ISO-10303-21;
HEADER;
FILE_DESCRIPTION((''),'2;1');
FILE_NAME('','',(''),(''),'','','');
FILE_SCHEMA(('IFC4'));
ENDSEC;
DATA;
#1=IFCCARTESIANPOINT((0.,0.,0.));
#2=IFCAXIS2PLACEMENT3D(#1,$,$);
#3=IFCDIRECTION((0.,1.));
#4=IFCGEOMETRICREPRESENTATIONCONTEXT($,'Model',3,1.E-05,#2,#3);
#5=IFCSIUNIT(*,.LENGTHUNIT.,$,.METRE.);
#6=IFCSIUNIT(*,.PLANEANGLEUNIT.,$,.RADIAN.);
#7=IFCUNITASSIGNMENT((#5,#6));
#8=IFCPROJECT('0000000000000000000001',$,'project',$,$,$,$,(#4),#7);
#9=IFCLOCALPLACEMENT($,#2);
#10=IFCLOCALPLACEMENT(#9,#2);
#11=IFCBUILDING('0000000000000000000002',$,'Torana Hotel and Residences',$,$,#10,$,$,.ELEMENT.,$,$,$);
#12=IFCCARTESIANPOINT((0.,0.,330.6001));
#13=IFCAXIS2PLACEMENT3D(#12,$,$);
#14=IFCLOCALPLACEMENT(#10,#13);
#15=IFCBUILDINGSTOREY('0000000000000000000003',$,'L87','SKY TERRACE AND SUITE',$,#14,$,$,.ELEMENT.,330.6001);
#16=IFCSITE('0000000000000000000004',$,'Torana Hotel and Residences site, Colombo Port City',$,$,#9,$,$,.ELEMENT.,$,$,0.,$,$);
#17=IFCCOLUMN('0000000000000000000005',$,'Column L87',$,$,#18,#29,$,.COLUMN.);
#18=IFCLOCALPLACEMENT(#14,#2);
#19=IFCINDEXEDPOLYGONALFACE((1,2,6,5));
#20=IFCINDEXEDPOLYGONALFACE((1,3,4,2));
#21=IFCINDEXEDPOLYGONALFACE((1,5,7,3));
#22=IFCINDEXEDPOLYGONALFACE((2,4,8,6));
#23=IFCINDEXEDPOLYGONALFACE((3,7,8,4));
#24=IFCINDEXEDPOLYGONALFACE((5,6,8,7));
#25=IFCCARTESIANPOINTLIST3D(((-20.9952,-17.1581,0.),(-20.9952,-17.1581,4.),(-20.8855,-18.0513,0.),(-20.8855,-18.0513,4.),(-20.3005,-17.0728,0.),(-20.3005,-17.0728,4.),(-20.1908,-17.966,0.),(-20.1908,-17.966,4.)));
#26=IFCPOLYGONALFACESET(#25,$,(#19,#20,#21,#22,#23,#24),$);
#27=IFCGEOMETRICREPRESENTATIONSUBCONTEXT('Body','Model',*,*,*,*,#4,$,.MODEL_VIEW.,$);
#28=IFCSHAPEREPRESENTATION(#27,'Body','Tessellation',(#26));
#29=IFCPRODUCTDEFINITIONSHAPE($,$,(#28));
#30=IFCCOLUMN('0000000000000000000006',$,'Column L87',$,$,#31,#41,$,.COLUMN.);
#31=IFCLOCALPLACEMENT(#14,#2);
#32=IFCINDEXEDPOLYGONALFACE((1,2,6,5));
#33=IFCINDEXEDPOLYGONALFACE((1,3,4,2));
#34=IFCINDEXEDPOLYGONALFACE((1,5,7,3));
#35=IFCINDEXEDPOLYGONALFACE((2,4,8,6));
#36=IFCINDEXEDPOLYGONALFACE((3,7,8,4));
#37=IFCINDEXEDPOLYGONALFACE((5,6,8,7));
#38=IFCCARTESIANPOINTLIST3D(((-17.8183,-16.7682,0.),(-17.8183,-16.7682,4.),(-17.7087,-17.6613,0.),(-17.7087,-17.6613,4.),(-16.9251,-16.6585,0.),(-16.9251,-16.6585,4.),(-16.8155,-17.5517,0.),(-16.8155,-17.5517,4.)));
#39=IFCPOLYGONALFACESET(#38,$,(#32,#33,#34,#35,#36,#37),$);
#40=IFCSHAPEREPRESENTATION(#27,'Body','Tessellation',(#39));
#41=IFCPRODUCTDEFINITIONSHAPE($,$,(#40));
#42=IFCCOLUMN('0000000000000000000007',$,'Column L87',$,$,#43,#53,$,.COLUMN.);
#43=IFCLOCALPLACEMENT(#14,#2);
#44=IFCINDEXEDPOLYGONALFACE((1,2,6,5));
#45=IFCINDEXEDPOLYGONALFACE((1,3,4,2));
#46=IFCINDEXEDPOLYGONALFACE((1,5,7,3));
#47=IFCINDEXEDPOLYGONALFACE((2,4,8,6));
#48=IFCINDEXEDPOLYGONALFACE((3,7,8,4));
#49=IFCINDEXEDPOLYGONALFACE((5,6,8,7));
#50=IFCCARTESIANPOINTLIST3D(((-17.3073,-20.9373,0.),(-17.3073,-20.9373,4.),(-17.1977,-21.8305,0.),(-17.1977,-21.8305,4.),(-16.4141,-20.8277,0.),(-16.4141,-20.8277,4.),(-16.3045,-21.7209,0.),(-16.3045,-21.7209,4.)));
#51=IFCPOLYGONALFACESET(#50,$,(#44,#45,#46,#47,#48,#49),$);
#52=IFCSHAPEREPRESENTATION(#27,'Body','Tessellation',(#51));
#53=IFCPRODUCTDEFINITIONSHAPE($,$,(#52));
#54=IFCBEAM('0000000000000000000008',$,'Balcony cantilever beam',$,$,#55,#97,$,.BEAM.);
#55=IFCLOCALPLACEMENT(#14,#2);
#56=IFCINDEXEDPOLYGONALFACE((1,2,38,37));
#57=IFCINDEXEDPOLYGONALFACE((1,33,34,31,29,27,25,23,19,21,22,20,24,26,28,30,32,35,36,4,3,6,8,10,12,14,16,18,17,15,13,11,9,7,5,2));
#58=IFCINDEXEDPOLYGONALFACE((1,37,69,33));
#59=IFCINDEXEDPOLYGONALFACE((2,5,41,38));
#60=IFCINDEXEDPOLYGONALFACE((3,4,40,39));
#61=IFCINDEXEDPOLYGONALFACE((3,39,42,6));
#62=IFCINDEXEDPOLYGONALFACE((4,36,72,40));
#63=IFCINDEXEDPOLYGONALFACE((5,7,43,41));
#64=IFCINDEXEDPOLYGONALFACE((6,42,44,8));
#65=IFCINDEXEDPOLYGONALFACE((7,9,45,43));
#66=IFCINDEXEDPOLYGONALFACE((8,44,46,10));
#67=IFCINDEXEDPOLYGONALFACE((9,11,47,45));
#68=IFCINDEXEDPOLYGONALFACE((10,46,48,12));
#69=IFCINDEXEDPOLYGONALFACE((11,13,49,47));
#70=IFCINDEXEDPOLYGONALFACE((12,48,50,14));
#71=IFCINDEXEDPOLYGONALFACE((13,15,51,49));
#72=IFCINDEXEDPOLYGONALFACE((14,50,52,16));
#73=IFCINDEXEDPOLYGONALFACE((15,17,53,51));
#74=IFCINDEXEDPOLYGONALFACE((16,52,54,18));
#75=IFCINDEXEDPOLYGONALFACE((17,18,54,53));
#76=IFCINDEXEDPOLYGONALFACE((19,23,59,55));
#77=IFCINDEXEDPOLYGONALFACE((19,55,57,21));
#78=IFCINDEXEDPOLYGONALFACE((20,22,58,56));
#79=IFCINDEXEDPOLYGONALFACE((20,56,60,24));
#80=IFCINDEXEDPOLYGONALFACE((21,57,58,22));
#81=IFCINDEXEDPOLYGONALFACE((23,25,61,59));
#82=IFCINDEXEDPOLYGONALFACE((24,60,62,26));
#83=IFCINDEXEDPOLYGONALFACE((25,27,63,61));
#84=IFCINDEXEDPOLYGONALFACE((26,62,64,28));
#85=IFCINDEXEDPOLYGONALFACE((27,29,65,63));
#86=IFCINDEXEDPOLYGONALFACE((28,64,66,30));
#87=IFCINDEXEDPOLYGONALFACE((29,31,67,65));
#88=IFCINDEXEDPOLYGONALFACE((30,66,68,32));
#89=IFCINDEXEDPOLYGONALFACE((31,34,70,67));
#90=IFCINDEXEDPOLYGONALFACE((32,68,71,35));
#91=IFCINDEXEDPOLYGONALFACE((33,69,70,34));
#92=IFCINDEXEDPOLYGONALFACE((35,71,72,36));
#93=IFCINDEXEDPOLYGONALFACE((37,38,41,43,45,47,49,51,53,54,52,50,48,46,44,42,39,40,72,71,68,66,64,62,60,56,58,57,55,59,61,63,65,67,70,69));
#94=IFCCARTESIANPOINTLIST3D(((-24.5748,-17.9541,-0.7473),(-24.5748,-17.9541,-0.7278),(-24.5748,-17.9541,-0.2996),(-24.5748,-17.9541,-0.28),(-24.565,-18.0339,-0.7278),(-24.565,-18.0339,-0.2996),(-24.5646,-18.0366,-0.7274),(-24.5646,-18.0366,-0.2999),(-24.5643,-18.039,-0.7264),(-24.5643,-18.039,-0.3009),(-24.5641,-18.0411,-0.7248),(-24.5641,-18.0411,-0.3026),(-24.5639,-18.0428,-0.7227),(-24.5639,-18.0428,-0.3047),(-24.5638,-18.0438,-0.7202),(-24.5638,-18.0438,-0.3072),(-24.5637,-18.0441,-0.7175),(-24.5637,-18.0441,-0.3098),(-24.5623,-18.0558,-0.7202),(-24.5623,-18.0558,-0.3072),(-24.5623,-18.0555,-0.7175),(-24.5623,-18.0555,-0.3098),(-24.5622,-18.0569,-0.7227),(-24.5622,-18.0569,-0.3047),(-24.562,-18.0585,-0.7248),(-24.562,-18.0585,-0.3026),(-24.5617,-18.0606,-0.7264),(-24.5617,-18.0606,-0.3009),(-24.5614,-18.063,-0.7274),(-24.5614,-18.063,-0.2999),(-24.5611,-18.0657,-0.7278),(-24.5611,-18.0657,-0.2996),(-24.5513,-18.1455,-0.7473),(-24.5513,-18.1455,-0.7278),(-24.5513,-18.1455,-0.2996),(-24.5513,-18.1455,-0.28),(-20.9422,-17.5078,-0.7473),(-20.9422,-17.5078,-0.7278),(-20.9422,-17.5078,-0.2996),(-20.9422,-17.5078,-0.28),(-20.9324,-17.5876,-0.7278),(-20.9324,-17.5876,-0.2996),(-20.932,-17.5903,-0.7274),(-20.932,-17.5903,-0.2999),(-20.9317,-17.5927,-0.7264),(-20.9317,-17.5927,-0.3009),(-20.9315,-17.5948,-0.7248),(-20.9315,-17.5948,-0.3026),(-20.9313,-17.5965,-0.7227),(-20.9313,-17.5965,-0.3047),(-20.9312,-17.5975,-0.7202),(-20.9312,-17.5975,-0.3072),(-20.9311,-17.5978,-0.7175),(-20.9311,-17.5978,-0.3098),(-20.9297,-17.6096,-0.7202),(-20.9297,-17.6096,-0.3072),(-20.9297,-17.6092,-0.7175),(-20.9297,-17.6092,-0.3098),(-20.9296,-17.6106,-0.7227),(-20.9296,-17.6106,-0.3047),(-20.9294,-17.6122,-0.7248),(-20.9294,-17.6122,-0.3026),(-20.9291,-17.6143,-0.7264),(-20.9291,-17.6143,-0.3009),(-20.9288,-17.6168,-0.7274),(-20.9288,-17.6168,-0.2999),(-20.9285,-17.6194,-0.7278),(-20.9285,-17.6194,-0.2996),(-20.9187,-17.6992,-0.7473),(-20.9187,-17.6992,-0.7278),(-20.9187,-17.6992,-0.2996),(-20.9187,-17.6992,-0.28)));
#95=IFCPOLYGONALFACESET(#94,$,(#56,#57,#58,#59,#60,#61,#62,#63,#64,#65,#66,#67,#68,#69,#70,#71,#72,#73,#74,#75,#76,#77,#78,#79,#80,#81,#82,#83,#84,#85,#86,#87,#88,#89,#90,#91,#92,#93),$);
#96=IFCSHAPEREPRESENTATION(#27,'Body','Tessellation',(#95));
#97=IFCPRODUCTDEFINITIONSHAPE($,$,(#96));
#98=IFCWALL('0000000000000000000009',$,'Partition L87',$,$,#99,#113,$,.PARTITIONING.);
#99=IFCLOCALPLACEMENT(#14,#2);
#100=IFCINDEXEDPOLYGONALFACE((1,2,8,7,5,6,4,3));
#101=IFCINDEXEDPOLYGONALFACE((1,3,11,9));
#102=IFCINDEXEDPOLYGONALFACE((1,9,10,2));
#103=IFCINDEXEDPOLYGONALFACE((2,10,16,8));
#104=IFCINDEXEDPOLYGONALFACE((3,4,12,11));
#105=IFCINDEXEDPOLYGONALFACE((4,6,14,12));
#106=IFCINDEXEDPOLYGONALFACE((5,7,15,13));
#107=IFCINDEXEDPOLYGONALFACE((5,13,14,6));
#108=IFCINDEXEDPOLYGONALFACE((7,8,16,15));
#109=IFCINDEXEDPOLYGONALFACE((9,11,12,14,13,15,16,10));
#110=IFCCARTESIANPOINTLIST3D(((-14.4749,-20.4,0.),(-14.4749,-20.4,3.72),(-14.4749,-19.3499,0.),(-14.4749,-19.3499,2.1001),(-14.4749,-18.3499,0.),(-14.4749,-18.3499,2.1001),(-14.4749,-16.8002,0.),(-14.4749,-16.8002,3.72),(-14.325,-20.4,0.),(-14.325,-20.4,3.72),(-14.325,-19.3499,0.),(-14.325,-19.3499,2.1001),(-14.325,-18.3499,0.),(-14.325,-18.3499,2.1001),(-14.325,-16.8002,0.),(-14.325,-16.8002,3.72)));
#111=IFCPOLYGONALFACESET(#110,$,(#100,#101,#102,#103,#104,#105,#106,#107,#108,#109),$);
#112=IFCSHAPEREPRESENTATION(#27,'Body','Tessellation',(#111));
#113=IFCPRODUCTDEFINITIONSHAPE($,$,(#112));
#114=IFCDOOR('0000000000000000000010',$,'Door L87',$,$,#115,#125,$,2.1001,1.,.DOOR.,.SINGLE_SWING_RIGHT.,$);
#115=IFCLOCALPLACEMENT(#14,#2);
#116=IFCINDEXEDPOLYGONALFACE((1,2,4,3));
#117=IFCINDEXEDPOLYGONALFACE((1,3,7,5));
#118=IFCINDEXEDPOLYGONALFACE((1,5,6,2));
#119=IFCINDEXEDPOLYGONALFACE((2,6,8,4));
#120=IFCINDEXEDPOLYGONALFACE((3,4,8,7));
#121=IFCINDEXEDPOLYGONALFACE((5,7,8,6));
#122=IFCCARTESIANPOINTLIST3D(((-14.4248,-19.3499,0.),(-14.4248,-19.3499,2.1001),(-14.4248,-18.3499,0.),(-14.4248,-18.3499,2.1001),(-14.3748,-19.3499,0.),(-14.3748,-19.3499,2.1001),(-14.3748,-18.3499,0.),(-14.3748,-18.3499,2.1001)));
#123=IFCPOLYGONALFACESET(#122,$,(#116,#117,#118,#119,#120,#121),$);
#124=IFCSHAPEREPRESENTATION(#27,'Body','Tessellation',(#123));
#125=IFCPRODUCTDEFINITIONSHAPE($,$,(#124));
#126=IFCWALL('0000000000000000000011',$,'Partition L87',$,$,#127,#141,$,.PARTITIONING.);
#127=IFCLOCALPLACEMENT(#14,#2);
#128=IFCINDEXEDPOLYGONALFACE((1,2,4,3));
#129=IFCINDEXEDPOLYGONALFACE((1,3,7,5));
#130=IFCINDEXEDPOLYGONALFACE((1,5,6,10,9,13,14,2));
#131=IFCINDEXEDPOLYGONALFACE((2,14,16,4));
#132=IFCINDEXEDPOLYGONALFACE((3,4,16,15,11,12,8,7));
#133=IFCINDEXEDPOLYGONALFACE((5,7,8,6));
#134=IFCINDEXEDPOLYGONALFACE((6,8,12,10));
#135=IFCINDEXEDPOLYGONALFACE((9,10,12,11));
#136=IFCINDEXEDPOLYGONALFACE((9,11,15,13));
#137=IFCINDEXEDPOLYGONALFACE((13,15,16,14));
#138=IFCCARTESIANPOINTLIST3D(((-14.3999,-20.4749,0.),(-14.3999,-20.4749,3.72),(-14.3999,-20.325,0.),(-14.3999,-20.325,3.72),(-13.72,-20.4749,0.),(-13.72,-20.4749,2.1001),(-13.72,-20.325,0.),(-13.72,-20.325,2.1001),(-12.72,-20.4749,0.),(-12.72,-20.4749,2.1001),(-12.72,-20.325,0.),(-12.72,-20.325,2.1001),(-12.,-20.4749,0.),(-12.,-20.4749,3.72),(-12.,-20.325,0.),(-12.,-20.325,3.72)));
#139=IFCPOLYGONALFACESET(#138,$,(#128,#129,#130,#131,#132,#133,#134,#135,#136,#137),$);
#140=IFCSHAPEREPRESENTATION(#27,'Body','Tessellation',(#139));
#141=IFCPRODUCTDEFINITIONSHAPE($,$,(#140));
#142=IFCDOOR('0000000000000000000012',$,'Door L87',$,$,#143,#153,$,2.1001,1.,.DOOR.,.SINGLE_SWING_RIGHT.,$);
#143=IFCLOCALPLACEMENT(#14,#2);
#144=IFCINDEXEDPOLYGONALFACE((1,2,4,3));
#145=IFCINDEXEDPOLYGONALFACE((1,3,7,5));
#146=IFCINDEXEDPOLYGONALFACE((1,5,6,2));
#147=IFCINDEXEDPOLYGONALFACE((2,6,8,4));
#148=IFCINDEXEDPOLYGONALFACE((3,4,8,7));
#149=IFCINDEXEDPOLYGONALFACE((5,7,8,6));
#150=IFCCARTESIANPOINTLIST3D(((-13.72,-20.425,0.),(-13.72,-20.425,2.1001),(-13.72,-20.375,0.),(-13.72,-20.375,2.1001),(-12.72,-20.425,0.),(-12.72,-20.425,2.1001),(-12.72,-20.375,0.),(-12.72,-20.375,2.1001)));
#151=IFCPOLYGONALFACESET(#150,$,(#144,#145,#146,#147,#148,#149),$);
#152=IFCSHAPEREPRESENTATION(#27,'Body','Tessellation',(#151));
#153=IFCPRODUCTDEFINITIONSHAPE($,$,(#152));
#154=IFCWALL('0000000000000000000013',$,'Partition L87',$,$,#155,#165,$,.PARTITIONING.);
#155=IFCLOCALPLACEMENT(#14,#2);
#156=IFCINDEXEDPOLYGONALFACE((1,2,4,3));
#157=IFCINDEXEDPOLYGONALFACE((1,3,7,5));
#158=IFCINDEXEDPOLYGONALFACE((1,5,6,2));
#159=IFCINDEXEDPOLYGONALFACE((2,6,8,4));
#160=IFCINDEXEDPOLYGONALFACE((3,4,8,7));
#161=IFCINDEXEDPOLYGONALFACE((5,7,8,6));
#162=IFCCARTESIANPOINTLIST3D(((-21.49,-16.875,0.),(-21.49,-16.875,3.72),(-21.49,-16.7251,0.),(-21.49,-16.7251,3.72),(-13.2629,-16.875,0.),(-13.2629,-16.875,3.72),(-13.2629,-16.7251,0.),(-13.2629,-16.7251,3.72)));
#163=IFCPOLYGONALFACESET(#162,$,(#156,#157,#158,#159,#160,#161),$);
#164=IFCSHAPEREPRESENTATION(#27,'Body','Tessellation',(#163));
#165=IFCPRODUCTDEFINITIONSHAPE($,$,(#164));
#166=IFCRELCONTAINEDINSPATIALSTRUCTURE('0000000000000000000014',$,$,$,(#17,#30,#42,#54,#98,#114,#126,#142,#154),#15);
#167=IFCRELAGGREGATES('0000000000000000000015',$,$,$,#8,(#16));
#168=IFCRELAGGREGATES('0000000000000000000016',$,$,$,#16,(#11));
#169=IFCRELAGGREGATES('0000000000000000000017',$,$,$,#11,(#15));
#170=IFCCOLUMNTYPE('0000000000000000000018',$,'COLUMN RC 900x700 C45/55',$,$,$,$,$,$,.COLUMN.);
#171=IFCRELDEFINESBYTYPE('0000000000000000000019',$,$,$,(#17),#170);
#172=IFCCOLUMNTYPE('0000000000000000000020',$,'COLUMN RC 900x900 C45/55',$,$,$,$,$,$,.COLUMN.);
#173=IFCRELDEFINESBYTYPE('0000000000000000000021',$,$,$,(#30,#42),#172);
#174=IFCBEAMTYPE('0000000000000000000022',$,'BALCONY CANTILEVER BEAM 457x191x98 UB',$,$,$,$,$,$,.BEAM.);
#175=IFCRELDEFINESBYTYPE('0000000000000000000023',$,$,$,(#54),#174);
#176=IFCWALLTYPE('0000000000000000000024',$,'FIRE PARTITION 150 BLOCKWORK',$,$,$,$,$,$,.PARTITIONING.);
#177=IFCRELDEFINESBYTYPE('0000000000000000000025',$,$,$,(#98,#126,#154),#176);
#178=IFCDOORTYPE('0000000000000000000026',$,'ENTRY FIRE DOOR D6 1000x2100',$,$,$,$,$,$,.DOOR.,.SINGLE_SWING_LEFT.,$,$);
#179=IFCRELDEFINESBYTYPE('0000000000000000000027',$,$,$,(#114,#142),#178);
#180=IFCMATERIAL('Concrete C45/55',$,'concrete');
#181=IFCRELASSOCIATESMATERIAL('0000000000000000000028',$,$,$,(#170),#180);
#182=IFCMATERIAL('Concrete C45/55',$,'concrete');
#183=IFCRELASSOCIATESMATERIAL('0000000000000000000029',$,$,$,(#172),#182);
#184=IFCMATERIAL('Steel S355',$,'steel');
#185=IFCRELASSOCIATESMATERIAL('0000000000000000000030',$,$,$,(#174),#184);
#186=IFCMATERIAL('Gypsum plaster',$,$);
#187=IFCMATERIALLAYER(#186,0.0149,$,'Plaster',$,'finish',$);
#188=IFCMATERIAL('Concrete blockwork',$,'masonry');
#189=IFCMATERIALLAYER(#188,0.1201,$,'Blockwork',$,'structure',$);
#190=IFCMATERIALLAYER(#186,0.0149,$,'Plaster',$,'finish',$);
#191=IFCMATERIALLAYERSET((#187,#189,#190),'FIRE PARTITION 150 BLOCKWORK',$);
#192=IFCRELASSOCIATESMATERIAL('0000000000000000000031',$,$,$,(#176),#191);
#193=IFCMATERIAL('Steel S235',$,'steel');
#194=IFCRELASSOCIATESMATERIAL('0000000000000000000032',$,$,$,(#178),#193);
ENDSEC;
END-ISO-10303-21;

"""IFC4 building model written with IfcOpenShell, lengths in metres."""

from ifc_helpers import new_model, si_unit, direction, frame, frame_2d, origin, origin_2d, place, context, subcontext, project, spatial, rectangle, i_section, extrude, material, layer, layer_set, material_profile, profile_set, type_object, element, fill, save


model = new_model("IFC4")

# Units and contexts
model_context = context("Model", 3, precision=1e-05, world=origin(), true_north=direction((0.0, 1.0)))
body_context = subcontext(model_context, "Body", "Model", "MODEL_VIEW")
ifc_project = project(units=[si_unit("LENGTHUNIT", "METRE"), si_unit("PLANEANGLEUNIT", "RADIAN")], contexts=[model_context])

# Site, building, storey
site_placement = place(None, origin())
site = spatial("IfcSite", under=ifc_project, at=site_placement, Name="Torana Hotel and Residences site, Colombo Port City", CompositionType="ELEMENT", RefElevation=0.0)
building_placement = place(site_placement, origin())
building = spatial("IfcBuilding", under=site, at=building_placement, Name="Torana Hotel and Residences", CompositionType="ELEMENT")
storey_placement = place(building_placement, frame((0.0, 0.0, 330.6001)))
storey = spatial("IfcBuildingStorey", under=building, at=storey_placement, Name="L87", Description="SKY TERRACE AND SUITE", CompositionType="ELEMENT", Elevation=330.6001)

# Columns
ifc_material_1 = material(Name="Concrete C45/55", Category="concrete")
ifc_material_profile_1 = material_profile(ifc_material_1, rectangle(XDim=0.8999, YDim=0.7, at=origin_2d()), Name="RC 900x700")
ifc_profile_set_1 = profile_set([ifc_material_profile_1], Name="Concrete C45/55")
column_type_1 = type_object("IfcColumnType", Name="COLUMN RC 900x700 C45/55", PredefinedType="COLUMN", material=ifc_profile_set_1)
column_placement = place(storey_placement, frame((-20.593, -17.562, 0.0), z_axis=(0.0, 0.0, 1.0), x_axis=(-0.121869, 0.992546, 0.0)))
element("IfcColumn", 1, at=column_placement, inside=storey, type_object=column_type_1, Name="Column L87", PredefinedType="COLUMN", context=body_context, shape_type="SweptSolid", body=[
    extrude(rectangle(XDim=0.8999, YDim=0.7, at=origin_2d()), origin(), (0.0, 0.0, 1.0), 4.0),
])
ifc_material_2 = material(Name="Concrete C45/55", Category="concrete")
ifc_material_profile_2 = material_profile(ifc_material_2, rectangle(XDim=0.8999, YDim=0.8999, at=origin_2d()), Name="RC 900x900")
ifc_profile_set_2 = profile_set([ifc_material_profile_2], Name="Concrete C45/55")
column_type_2 = type_object("IfcColumnType", Name="COLUMN RC 900x900 C45/55", PredefinedType="COLUMN", material=ifc_profile_set_2)
for number, where, z_axis, x_axis, name in (
    (2, (-17.3169, -17.1599, 0.0), (0.0, 0.0, 1.0), (0.992546, 0.121869, 0.0), "Column L87"),
    (3, (-16.8059, -21.3291, 0.0), (0.0, 0.0, 1.0), (0.992546, 0.121869, 0.0), "Column L87"),
):
    element("IfcColumn", number, at=place(storey_placement, frame(where, z_axis=z_axis, x_axis=x_axis)), inside=storey, type_object=column_type_2, Name=name, PredefinedType="COLUMN", context=body_context, shape_type="SweptSolid", body=[
        extrude(rectangle(XDim=0.8999, YDim=0.8999, at=origin_2d()), origin(), (0.0, 0.0, 1.0), 4.0),
    ])

# Beam
ifc_material_3 = material(Name="Steel S355", Category="steel")
ifc_material_profile_3 = material_profile(ifc_material_3, i_section(OverallWidth=0.1929, OverallDepth=0.4673, WebThickness=0.0115, FlangeThickness=0.0195, FilletRadius=0.0103, at=origin_2d()), Name="457x191x98 UB")
ifc_profile_set_3 = profile_set([ifc_material_profile_3], Name="Steel S355")
beam_type = type_object("IfcBeamType", Name="BALCONY CANTILEVER BEAM 457x191x98 UB", PredefinedType="BEAM", material=ifc_profile_set_3)
beam_placement = place(storey_placement, frame((-20.9304, -17.6035, -0.5137), z_axis=(-0.992537, -0.121941, 0.0), x_axis=(0.121941, -0.992537, 0.0)))
element("IfcBeam", 4, at=beam_placement, inside=storey, type_object=beam_type, Name="Balcony cantilever beam", PredefinedType="BEAM", context=body_context, shape_type="SweptSolid", body=[
    extrude(i_section(OverallWidth=0.1929, OverallDepth=0.4673, WebThickness=0.0115, FlangeThickness=0.0195, FilletRadius=0.0103, at=origin_2d()), origin(), (0.0, 0.0, 1.0), 3.6599),
])

# Walls, openings, doors
ifc_material_4 = material(Name="Gypsum plaster")
ifc_layer_1 = layer(ifc_material_4, 0.0149, Name="Plaster", Category="finish")
ifc_material_5 = material(Name="Concrete blockwork", Category="masonry")
ifc_layer_2 = layer(ifc_material_5, 0.1201, Name="Blockwork", Category="structure")
ifc_layer_3 = layer(ifc_material_4, 0.0149, Name="Plaster", Category="finish")
ifc_layer_set_1 = layer_set([ifc_layer_1, ifc_layer_2, ifc_layer_3], Name="FIRE PARTITION 150 BLOCKWORK")
wall_type_1 = type_object("IfcWallType", Name="FIRE PARTITION 150 BLOCKWORK", PredefinedType="PARTITIONING", material=ifc_layer_set_1)
wall_1_placement = place(storey_placement, frame((-14.3999, -20.3999, 0.0), z_axis=(0.0, 0.0, 1.0), x_axis=(0.0, 1.0, 0.0)))
wall_1 = element("IfcWall", 5, at=wall_1_placement, inside=storey, type_object=wall_type_1, Name="Partition L87", PredefinedType="PARTITIONING", context=body_context, shape_type="SweptSolid", body=[
    extrude(rectangle(XDim=3.5999, YDim=0.1499, at=frame_2d((1.7998, 0.0))), origin(), (0.0, 0.0, 1.0), 3.72),
])
opening_1_placement = place(wall_1_placement, frame((1.05, 0.0, 0.0)))
opening_1 = element("IfcOpeningElement", 6, at=opening_1_placement, cuts=wall_1, PredefinedType="OPENING", context=body_context, shape_type="SweptSolid", body=[
    extrude(rectangle(XDim=1.0, YDim=2.1001, at=frame_2d((0.5, 1.05))), frame((0.0, 0.085, 0.0), z_axis=(0.0, -1.0, 0.0), x_axis=(1.0, 0.0, 0.0)), (0.0, 0.0, 1.0), 0.1699),
])
ifc_material_6 = material(Name="Steel S235", Category="steel")
door_type_1 = type_object("IfcDoorType", Name="ENTRY FIRE DOOR D6 1000x2100", OperationType="SINGLE_SWING_LEFT", PredefinedType="DOOR", material=ifc_material_6)
door_1_placement = place(opening_1_placement, origin())
door_1 = element("IfcDoor", 7, at=door_1_placement, inside=storey, type_object=door_type_1, Name="Door L87", OperationType="SINGLE_SWING_RIGHT", OverallHeight=2.1001, OverallWidth=1.0, PredefinedType="DOOR", context=body_context, shape_type="SweptSolid", body=[
    extrude(rectangle(XDim=1.0, YDim=2.1001, at=frame_2d((0.5, 1.05))), frame((0.0, 0.0249, 0.0), z_axis=(0.0, -1.0, 0.0), x_axis=(1.0, 0.0, 0.0)), (0.0, 0.0, 1.0), 0.05),
])
fill(opening_1, door_1)
wall_2_placement = place(storey_placement, frame((-14.3999, -20.3999, 0.0), z_axis=(0.0, 0.0, 1.0), x_axis=(1.0, 0.0, 0.0)))
wall_2 = element("IfcWall", 8, at=wall_2_placement, inside=storey, type_object=wall_type_1, Name="Partition L87", PredefinedType="PARTITIONING", context=body_context, shape_type="SweptSolid", body=[
    extrude(rectangle(XDim=2.3999, YDim=0.1499, at=frame_2d((1.2, 0.0))), origin(), (0.0, 0.0, 1.0), 3.72),
])
opening_2_placement = place(wall_2_placement, frame((0.6799, 0.0, 0.0)))
opening_2 = element("IfcOpeningElement", 9, at=opening_2_placement, cuts=wall_2, PredefinedType="OPENING", context=body_context, shape_type="SweptSolid", body=[
    extrude(rectangle(XDim=1.0, YDim=2.1001, at=frame_2d((0.5, 1.05))), frame((0.0, 0.085, 0.0), z_axis=(0.0, -1.0, 0.0), x_axis=(1.0, 0.0, 0.0)), (0.0, 0.0, 1.0), 0.1699),
])
door_2_placement = place(opening_2_placement, frame((0.5, 0.0, 0.0), z_axis=(0.0, 0.0, 1.0), x_axis=(-1.0, 0.0, 0.0)))
door_2 = element("IfcDoor", 10, at=door_2_placement, inside=storey, type_object=door_type_1, Name="Door L87", OperationType="SINGLE_SWING_RIGHT", OverallHeight=2.1001, OverallWidth=1.0, PredefinedType="DOOR", context=body_context, shape_type="SweptSolid", body=[
    extrude(rectangle(XDim=1.0, YDim=2.1001, at=frame_2d((0.0, 1.05))), frame((0.0, -0.0249, 0.0), z_axis=(0.0, 1.0, 0.0), x_axis=(-1.0, 0.0, 0.0)), (0.0, 0.0, 1.0), 0.05),
])
fill(opening_2, door_2)

# Wall
wall_3_placement = place(storey_placement, frame((-21.49, -16.8, 0.0), z_axis=(0.0, 0.0, 1.0), x_axis=(1.0, 0.0, 0.0)))
element("IfcWall", 11, at=wall_3_placement, inside=storey, type_object=wall_type_1, Name="Partition L87", PredefinedType="PARTITIONING", context=body_context, shape_type="SweptSolid", body=[
    extrude(rectangle(XDim=8.2271, YDim=0.1499, at=frame_2d((4.1135, 0.0))), origin(), (0.0, 0.0, 1.0), 3.72),
])

save(model, "model.ifc")
